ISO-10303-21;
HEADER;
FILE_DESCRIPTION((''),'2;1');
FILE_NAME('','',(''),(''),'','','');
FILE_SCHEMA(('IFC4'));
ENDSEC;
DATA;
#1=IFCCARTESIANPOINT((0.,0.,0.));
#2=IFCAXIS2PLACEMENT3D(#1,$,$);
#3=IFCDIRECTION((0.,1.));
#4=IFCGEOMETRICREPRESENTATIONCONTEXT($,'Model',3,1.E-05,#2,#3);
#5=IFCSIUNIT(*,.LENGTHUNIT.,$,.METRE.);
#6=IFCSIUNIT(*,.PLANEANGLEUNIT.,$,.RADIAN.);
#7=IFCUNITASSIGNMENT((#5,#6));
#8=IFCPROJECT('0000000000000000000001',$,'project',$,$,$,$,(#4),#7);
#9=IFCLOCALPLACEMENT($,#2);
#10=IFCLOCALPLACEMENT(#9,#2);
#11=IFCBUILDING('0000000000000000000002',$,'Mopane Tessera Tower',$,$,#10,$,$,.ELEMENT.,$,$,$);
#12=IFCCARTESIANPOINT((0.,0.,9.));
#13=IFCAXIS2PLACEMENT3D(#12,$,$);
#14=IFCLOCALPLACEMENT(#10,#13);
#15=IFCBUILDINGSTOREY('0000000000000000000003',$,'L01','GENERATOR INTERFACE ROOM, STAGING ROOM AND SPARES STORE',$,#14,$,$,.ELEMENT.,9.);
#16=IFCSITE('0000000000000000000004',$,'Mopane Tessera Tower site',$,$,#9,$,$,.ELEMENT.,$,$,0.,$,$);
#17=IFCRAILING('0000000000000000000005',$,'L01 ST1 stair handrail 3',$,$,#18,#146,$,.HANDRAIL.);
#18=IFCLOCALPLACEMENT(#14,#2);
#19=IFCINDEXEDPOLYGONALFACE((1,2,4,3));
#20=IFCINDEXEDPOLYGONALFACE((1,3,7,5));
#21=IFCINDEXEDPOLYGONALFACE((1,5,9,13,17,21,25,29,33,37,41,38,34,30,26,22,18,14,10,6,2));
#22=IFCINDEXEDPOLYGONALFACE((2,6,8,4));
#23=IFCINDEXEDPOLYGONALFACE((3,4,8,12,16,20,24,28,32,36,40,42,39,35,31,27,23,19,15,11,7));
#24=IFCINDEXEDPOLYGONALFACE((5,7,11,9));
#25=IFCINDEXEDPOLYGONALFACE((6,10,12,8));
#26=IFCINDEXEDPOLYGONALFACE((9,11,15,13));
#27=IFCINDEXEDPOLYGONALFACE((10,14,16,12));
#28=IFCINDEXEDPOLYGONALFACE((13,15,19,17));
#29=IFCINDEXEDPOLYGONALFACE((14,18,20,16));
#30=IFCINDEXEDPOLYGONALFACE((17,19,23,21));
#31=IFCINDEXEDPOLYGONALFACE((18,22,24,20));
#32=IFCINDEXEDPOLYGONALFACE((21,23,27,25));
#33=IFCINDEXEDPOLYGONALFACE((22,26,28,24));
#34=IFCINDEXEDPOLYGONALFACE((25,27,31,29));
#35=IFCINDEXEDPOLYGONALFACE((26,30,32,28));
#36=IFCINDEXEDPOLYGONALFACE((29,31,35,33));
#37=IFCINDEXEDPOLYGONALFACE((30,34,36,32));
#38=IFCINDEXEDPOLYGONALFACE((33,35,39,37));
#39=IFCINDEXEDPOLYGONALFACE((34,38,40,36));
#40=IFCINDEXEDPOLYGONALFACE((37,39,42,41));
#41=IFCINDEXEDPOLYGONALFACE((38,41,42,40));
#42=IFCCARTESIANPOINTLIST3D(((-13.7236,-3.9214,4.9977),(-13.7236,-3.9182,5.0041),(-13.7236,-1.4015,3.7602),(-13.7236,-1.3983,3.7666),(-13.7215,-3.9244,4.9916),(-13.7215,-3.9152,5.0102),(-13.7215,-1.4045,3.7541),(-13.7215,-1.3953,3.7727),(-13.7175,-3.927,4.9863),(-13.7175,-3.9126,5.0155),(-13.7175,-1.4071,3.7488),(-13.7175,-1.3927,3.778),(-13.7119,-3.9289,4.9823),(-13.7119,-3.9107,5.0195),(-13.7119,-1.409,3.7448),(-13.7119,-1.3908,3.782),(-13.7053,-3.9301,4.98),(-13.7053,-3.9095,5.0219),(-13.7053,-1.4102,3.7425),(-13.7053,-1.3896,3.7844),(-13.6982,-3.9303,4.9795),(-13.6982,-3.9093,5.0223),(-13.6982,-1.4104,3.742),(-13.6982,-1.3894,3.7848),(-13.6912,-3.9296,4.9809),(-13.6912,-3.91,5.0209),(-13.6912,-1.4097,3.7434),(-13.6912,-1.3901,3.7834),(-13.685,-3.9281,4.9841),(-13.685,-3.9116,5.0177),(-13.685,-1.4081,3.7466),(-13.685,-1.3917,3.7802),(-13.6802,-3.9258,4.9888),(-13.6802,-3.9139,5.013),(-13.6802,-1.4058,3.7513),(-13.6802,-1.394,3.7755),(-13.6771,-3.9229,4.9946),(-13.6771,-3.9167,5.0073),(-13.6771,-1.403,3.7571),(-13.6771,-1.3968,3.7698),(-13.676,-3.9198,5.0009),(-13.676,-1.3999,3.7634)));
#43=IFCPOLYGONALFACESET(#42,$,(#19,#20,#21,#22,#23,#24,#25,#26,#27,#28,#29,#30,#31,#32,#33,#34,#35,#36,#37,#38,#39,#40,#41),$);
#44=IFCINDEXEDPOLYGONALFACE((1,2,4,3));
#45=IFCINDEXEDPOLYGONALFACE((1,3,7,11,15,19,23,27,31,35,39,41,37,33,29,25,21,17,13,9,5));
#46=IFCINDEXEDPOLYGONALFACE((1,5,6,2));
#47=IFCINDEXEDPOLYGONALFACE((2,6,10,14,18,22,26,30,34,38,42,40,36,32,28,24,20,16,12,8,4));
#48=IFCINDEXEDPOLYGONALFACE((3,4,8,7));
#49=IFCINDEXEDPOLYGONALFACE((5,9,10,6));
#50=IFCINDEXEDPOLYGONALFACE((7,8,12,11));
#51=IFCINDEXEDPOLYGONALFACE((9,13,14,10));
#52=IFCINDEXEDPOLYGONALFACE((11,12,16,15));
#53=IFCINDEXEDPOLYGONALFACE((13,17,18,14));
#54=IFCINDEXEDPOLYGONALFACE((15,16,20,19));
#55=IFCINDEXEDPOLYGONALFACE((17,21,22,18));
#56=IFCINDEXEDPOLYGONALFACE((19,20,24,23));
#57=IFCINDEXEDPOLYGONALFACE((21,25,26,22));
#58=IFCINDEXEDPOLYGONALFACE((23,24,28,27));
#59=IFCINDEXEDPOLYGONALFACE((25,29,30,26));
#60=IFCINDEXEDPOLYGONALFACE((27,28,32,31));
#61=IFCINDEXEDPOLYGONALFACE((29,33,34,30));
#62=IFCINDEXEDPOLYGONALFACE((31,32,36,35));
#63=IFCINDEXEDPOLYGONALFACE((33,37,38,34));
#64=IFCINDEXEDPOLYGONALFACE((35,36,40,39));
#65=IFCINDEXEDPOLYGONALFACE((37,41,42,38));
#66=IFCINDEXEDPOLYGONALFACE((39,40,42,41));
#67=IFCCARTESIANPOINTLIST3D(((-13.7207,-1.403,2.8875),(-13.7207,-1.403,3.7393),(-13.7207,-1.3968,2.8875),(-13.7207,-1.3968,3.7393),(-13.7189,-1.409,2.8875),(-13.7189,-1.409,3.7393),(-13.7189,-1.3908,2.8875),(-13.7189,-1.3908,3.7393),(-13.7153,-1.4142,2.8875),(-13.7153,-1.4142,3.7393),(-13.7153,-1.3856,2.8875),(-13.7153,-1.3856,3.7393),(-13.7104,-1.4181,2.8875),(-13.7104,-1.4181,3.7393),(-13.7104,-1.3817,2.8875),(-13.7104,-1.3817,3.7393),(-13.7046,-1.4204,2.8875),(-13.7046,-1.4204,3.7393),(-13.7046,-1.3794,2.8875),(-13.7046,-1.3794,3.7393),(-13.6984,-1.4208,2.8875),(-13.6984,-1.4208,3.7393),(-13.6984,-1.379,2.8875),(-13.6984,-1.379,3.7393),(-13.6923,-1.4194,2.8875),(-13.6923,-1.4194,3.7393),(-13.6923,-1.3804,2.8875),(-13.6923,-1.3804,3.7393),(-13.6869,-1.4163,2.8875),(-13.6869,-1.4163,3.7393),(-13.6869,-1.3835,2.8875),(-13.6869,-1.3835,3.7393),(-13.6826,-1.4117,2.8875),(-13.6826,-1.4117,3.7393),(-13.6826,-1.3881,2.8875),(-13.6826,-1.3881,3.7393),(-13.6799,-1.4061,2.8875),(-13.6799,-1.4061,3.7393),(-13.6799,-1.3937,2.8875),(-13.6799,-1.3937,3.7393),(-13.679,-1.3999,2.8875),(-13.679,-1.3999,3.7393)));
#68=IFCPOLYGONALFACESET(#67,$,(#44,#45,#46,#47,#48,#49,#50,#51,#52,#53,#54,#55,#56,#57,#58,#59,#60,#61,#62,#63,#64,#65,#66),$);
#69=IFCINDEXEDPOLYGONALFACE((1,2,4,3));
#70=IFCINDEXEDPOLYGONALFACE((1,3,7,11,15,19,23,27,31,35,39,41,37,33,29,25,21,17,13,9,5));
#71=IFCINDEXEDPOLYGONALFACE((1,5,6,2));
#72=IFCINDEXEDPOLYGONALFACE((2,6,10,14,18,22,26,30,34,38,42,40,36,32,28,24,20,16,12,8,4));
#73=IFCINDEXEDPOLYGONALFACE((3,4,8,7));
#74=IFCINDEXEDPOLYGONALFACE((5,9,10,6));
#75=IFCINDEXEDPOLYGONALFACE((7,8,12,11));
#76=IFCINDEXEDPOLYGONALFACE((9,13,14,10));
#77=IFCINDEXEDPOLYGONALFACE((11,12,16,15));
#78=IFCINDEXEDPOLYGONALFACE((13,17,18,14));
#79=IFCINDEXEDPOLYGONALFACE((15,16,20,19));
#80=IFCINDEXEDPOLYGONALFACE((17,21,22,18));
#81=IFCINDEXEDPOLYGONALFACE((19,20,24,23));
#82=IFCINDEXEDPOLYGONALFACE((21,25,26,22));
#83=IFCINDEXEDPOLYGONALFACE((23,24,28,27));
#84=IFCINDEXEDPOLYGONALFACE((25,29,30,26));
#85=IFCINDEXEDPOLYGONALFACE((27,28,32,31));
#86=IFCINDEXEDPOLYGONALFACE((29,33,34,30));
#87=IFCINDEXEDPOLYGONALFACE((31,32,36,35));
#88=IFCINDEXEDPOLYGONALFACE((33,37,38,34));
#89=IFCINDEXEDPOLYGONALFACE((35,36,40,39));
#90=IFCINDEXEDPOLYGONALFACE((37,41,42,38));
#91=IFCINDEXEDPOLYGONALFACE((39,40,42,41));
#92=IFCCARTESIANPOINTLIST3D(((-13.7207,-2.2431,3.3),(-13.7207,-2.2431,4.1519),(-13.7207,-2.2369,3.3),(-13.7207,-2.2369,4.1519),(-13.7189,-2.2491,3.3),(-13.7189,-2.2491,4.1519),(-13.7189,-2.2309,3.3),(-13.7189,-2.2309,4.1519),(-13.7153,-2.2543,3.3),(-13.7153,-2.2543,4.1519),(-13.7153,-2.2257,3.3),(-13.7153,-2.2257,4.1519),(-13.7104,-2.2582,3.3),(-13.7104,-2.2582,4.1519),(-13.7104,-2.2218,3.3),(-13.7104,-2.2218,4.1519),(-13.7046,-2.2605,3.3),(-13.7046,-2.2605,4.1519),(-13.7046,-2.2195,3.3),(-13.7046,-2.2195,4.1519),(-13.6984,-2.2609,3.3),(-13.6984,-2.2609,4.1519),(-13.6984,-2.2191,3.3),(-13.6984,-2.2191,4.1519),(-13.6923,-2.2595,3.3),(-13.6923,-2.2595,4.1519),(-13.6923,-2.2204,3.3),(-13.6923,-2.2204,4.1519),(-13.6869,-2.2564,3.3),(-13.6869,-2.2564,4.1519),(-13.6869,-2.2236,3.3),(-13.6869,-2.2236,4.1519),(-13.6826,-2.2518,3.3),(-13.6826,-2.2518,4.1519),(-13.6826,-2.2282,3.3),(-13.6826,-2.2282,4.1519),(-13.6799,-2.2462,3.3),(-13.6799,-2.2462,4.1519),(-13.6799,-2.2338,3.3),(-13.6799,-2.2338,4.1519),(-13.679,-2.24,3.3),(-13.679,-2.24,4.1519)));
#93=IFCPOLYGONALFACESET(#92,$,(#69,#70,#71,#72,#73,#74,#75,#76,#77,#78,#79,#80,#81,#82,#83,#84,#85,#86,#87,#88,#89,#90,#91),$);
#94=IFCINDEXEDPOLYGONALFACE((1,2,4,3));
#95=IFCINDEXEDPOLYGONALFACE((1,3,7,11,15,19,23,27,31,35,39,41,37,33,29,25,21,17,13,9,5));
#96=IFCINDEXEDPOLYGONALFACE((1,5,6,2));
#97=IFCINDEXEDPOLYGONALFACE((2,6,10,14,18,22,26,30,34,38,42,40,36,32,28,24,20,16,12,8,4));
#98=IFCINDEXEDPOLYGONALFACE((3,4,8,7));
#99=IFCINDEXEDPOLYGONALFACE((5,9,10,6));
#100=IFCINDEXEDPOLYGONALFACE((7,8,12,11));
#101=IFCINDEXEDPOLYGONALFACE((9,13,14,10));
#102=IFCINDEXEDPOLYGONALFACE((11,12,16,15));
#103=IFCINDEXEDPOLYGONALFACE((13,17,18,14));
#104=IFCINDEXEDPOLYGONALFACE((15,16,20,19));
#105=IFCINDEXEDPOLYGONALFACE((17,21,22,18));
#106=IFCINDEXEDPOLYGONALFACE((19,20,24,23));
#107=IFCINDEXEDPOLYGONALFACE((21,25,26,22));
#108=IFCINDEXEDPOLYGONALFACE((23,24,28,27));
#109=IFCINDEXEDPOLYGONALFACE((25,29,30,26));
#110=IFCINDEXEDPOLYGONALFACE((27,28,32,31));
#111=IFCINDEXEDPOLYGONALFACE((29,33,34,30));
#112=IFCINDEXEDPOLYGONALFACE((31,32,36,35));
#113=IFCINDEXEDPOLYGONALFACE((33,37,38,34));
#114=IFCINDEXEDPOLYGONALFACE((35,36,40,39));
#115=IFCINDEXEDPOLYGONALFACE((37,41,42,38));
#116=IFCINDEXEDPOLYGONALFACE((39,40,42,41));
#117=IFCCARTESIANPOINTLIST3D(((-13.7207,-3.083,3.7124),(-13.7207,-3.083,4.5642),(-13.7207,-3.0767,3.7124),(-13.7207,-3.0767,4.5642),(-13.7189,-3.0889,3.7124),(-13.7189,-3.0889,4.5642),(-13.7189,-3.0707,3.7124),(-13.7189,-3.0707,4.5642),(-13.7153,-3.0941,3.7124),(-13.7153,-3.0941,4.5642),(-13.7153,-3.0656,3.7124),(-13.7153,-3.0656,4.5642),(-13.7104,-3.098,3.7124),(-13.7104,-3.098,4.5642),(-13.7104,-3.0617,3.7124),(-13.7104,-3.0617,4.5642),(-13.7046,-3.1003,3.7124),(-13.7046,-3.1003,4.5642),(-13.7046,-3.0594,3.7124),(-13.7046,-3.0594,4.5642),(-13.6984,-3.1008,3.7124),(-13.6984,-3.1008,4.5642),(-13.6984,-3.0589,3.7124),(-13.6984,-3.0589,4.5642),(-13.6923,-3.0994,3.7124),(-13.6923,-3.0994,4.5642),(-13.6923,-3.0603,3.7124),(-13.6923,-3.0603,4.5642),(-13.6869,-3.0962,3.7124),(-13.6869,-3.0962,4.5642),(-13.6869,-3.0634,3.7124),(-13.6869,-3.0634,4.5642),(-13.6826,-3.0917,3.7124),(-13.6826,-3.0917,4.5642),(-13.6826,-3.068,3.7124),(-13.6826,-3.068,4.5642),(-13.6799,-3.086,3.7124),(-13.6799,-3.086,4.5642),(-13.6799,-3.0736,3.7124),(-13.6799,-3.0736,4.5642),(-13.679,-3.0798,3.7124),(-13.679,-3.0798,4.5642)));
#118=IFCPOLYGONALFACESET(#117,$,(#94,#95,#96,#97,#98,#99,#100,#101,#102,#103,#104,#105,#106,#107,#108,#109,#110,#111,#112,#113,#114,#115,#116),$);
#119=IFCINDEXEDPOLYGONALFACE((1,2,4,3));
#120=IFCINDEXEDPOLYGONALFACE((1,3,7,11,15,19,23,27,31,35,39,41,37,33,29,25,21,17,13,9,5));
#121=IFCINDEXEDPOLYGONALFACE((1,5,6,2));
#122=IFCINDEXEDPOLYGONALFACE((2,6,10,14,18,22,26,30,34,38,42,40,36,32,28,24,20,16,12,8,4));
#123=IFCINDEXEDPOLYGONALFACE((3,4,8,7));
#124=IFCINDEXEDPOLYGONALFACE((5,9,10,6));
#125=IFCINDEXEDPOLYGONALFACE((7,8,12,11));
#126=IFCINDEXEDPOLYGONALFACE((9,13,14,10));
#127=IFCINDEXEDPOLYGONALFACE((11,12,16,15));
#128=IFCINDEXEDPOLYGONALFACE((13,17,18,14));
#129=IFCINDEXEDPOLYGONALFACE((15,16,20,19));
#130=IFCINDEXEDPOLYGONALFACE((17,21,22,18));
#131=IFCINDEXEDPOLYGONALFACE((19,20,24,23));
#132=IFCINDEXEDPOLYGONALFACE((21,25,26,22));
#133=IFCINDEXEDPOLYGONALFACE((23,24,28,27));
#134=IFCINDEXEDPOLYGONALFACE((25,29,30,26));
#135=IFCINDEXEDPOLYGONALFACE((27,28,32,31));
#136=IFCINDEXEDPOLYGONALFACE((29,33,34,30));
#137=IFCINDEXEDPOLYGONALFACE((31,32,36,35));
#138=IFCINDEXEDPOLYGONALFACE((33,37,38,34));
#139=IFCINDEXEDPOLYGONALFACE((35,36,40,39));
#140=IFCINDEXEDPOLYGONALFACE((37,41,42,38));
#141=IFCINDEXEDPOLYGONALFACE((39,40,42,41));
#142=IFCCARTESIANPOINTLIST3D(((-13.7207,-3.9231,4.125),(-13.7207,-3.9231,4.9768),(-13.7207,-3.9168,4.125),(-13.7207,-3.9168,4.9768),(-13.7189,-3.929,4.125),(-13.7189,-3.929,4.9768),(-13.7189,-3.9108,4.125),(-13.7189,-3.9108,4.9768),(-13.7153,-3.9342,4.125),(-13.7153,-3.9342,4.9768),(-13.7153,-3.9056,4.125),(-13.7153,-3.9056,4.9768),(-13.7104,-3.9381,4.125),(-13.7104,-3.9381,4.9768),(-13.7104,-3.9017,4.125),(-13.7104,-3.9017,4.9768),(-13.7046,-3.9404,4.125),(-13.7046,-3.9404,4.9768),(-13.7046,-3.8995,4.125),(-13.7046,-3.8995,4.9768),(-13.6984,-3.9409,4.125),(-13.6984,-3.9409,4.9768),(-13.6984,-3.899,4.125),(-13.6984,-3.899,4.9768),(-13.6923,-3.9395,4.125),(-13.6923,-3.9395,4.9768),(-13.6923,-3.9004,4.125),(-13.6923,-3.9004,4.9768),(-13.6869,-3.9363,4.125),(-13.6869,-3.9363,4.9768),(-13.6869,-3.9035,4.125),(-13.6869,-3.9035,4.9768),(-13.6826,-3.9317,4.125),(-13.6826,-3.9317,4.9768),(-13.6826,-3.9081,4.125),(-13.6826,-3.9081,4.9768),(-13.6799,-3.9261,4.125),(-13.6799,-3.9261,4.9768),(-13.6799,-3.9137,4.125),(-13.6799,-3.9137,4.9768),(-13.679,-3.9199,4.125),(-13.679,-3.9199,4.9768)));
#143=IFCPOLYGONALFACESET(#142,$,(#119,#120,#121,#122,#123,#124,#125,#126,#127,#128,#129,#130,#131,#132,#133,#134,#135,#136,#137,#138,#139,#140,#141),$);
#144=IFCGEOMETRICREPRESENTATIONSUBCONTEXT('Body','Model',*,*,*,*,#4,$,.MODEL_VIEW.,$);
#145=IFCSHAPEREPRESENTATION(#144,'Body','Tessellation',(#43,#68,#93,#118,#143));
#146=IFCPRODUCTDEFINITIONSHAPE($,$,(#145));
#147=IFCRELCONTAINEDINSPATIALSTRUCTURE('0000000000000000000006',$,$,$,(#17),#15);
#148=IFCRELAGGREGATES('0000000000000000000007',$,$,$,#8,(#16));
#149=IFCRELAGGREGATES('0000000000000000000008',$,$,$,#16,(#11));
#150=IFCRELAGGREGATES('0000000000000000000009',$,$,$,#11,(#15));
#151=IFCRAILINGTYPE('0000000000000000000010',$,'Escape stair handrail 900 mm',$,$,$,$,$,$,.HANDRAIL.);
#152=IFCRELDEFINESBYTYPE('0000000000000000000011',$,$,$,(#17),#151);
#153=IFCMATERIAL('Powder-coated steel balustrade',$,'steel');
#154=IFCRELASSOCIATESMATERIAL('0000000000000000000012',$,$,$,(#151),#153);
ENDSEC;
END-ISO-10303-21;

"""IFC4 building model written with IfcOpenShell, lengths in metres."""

from ifc_helpers import new_model, si_unit, direction, frame, origin, origin_2d, place, context, subcontext, project, spatial, circle, extrude, material, type_object, element, save


model = new_model("IFC4")

# Units and contexts
model_context = context("Model", 3, precision=1e-05, world=origin(), true_north=direction((0.0, 1.0)))
body_context = subcontext(model_context, "Body", "Model", "MODEL_VIEW")
ifc_project = project(units=[si_unit("LENGTHUNIT", "METRE"), si_unit("PLANEANGLEUNIT", "RADIAN")], contexts=[model_context])

# Site, building, storey
site_placement = place(None, origin())
site = spatial("IfcSite", under=ifc_project, at=site_placement, Name="Mopane Tessera Tower site", CompositionType="ELEMENT", RefElevation=0.0)
building_placement = place(site_placement, origin())
building = spatial("IfcBuilding", under=site, at=building_placement, Name="Mopane Tessera Tower", CompositionType="ELEMENT")
storey_placement = place(building_placement, frame((0.0, 0.0, 9.0)))
storey = spatial("IfcBuildingStorey", under=building, at=storey_placement, Name="L01", Description="GENERATOR INTERFACE ROOM, STAGING ROOM AND SPARES STORE", CompositionType="ELEMENT", Elevation=9.0)

# Railing
ifc_material_1 = material(Name="Powder-coated steel balustrade", Category="steel")
railing_type_1 = type_object("IfcRailingType", Name="Escape stair handrail 900 mm", PredefinedType="HANDRAIL", material=ifc_material_1)
railing_1_placement = place(storey_placement, frame((-13.7, -1.3999, 2.8875)))
element("IfcRailing", 1, at=railing_1_placement, inside=storey, type_object=railing_type_1, Name="L01 ST1 stair handrail 3", PredefinedType="HANDRAIL", context=body_context, shape_type="SweptSolid", body=[
    extrude(circle(Radius=0.0239, at=origin_2d()), frame((0.0, 0.0, 0.876), z_axis=(0.0, -0.897604, 0.440802), x_axis=(1.0, 0.0, 0.0)), (0.0, 0.0, 1.0), 2.8074),
    extrude(circle(Radius=0.021, at=origin_2d()), origin(), (0.0, 0.0, 1.0), 0.8518),
    extrude(circle(Radius=0.021, at=origin_2d()), frame((0.0, -0.8401, 0.4126)), (0.0, 0.0, 1.0), 0.8518),
    extrude(circle(Radius=0.021, at=origin_2d()), frame((0.0, -1.6799, 0.825)), (0.0, 0.0, 1.0), 0.8518),
    extrude(circle(Radius=0.021, at=origin_2d()), frame((0.0, -2.52, 1.2375)), (0.0, 0.0, 1.0), 0.8518),
])

save(model, "model.ifc")
